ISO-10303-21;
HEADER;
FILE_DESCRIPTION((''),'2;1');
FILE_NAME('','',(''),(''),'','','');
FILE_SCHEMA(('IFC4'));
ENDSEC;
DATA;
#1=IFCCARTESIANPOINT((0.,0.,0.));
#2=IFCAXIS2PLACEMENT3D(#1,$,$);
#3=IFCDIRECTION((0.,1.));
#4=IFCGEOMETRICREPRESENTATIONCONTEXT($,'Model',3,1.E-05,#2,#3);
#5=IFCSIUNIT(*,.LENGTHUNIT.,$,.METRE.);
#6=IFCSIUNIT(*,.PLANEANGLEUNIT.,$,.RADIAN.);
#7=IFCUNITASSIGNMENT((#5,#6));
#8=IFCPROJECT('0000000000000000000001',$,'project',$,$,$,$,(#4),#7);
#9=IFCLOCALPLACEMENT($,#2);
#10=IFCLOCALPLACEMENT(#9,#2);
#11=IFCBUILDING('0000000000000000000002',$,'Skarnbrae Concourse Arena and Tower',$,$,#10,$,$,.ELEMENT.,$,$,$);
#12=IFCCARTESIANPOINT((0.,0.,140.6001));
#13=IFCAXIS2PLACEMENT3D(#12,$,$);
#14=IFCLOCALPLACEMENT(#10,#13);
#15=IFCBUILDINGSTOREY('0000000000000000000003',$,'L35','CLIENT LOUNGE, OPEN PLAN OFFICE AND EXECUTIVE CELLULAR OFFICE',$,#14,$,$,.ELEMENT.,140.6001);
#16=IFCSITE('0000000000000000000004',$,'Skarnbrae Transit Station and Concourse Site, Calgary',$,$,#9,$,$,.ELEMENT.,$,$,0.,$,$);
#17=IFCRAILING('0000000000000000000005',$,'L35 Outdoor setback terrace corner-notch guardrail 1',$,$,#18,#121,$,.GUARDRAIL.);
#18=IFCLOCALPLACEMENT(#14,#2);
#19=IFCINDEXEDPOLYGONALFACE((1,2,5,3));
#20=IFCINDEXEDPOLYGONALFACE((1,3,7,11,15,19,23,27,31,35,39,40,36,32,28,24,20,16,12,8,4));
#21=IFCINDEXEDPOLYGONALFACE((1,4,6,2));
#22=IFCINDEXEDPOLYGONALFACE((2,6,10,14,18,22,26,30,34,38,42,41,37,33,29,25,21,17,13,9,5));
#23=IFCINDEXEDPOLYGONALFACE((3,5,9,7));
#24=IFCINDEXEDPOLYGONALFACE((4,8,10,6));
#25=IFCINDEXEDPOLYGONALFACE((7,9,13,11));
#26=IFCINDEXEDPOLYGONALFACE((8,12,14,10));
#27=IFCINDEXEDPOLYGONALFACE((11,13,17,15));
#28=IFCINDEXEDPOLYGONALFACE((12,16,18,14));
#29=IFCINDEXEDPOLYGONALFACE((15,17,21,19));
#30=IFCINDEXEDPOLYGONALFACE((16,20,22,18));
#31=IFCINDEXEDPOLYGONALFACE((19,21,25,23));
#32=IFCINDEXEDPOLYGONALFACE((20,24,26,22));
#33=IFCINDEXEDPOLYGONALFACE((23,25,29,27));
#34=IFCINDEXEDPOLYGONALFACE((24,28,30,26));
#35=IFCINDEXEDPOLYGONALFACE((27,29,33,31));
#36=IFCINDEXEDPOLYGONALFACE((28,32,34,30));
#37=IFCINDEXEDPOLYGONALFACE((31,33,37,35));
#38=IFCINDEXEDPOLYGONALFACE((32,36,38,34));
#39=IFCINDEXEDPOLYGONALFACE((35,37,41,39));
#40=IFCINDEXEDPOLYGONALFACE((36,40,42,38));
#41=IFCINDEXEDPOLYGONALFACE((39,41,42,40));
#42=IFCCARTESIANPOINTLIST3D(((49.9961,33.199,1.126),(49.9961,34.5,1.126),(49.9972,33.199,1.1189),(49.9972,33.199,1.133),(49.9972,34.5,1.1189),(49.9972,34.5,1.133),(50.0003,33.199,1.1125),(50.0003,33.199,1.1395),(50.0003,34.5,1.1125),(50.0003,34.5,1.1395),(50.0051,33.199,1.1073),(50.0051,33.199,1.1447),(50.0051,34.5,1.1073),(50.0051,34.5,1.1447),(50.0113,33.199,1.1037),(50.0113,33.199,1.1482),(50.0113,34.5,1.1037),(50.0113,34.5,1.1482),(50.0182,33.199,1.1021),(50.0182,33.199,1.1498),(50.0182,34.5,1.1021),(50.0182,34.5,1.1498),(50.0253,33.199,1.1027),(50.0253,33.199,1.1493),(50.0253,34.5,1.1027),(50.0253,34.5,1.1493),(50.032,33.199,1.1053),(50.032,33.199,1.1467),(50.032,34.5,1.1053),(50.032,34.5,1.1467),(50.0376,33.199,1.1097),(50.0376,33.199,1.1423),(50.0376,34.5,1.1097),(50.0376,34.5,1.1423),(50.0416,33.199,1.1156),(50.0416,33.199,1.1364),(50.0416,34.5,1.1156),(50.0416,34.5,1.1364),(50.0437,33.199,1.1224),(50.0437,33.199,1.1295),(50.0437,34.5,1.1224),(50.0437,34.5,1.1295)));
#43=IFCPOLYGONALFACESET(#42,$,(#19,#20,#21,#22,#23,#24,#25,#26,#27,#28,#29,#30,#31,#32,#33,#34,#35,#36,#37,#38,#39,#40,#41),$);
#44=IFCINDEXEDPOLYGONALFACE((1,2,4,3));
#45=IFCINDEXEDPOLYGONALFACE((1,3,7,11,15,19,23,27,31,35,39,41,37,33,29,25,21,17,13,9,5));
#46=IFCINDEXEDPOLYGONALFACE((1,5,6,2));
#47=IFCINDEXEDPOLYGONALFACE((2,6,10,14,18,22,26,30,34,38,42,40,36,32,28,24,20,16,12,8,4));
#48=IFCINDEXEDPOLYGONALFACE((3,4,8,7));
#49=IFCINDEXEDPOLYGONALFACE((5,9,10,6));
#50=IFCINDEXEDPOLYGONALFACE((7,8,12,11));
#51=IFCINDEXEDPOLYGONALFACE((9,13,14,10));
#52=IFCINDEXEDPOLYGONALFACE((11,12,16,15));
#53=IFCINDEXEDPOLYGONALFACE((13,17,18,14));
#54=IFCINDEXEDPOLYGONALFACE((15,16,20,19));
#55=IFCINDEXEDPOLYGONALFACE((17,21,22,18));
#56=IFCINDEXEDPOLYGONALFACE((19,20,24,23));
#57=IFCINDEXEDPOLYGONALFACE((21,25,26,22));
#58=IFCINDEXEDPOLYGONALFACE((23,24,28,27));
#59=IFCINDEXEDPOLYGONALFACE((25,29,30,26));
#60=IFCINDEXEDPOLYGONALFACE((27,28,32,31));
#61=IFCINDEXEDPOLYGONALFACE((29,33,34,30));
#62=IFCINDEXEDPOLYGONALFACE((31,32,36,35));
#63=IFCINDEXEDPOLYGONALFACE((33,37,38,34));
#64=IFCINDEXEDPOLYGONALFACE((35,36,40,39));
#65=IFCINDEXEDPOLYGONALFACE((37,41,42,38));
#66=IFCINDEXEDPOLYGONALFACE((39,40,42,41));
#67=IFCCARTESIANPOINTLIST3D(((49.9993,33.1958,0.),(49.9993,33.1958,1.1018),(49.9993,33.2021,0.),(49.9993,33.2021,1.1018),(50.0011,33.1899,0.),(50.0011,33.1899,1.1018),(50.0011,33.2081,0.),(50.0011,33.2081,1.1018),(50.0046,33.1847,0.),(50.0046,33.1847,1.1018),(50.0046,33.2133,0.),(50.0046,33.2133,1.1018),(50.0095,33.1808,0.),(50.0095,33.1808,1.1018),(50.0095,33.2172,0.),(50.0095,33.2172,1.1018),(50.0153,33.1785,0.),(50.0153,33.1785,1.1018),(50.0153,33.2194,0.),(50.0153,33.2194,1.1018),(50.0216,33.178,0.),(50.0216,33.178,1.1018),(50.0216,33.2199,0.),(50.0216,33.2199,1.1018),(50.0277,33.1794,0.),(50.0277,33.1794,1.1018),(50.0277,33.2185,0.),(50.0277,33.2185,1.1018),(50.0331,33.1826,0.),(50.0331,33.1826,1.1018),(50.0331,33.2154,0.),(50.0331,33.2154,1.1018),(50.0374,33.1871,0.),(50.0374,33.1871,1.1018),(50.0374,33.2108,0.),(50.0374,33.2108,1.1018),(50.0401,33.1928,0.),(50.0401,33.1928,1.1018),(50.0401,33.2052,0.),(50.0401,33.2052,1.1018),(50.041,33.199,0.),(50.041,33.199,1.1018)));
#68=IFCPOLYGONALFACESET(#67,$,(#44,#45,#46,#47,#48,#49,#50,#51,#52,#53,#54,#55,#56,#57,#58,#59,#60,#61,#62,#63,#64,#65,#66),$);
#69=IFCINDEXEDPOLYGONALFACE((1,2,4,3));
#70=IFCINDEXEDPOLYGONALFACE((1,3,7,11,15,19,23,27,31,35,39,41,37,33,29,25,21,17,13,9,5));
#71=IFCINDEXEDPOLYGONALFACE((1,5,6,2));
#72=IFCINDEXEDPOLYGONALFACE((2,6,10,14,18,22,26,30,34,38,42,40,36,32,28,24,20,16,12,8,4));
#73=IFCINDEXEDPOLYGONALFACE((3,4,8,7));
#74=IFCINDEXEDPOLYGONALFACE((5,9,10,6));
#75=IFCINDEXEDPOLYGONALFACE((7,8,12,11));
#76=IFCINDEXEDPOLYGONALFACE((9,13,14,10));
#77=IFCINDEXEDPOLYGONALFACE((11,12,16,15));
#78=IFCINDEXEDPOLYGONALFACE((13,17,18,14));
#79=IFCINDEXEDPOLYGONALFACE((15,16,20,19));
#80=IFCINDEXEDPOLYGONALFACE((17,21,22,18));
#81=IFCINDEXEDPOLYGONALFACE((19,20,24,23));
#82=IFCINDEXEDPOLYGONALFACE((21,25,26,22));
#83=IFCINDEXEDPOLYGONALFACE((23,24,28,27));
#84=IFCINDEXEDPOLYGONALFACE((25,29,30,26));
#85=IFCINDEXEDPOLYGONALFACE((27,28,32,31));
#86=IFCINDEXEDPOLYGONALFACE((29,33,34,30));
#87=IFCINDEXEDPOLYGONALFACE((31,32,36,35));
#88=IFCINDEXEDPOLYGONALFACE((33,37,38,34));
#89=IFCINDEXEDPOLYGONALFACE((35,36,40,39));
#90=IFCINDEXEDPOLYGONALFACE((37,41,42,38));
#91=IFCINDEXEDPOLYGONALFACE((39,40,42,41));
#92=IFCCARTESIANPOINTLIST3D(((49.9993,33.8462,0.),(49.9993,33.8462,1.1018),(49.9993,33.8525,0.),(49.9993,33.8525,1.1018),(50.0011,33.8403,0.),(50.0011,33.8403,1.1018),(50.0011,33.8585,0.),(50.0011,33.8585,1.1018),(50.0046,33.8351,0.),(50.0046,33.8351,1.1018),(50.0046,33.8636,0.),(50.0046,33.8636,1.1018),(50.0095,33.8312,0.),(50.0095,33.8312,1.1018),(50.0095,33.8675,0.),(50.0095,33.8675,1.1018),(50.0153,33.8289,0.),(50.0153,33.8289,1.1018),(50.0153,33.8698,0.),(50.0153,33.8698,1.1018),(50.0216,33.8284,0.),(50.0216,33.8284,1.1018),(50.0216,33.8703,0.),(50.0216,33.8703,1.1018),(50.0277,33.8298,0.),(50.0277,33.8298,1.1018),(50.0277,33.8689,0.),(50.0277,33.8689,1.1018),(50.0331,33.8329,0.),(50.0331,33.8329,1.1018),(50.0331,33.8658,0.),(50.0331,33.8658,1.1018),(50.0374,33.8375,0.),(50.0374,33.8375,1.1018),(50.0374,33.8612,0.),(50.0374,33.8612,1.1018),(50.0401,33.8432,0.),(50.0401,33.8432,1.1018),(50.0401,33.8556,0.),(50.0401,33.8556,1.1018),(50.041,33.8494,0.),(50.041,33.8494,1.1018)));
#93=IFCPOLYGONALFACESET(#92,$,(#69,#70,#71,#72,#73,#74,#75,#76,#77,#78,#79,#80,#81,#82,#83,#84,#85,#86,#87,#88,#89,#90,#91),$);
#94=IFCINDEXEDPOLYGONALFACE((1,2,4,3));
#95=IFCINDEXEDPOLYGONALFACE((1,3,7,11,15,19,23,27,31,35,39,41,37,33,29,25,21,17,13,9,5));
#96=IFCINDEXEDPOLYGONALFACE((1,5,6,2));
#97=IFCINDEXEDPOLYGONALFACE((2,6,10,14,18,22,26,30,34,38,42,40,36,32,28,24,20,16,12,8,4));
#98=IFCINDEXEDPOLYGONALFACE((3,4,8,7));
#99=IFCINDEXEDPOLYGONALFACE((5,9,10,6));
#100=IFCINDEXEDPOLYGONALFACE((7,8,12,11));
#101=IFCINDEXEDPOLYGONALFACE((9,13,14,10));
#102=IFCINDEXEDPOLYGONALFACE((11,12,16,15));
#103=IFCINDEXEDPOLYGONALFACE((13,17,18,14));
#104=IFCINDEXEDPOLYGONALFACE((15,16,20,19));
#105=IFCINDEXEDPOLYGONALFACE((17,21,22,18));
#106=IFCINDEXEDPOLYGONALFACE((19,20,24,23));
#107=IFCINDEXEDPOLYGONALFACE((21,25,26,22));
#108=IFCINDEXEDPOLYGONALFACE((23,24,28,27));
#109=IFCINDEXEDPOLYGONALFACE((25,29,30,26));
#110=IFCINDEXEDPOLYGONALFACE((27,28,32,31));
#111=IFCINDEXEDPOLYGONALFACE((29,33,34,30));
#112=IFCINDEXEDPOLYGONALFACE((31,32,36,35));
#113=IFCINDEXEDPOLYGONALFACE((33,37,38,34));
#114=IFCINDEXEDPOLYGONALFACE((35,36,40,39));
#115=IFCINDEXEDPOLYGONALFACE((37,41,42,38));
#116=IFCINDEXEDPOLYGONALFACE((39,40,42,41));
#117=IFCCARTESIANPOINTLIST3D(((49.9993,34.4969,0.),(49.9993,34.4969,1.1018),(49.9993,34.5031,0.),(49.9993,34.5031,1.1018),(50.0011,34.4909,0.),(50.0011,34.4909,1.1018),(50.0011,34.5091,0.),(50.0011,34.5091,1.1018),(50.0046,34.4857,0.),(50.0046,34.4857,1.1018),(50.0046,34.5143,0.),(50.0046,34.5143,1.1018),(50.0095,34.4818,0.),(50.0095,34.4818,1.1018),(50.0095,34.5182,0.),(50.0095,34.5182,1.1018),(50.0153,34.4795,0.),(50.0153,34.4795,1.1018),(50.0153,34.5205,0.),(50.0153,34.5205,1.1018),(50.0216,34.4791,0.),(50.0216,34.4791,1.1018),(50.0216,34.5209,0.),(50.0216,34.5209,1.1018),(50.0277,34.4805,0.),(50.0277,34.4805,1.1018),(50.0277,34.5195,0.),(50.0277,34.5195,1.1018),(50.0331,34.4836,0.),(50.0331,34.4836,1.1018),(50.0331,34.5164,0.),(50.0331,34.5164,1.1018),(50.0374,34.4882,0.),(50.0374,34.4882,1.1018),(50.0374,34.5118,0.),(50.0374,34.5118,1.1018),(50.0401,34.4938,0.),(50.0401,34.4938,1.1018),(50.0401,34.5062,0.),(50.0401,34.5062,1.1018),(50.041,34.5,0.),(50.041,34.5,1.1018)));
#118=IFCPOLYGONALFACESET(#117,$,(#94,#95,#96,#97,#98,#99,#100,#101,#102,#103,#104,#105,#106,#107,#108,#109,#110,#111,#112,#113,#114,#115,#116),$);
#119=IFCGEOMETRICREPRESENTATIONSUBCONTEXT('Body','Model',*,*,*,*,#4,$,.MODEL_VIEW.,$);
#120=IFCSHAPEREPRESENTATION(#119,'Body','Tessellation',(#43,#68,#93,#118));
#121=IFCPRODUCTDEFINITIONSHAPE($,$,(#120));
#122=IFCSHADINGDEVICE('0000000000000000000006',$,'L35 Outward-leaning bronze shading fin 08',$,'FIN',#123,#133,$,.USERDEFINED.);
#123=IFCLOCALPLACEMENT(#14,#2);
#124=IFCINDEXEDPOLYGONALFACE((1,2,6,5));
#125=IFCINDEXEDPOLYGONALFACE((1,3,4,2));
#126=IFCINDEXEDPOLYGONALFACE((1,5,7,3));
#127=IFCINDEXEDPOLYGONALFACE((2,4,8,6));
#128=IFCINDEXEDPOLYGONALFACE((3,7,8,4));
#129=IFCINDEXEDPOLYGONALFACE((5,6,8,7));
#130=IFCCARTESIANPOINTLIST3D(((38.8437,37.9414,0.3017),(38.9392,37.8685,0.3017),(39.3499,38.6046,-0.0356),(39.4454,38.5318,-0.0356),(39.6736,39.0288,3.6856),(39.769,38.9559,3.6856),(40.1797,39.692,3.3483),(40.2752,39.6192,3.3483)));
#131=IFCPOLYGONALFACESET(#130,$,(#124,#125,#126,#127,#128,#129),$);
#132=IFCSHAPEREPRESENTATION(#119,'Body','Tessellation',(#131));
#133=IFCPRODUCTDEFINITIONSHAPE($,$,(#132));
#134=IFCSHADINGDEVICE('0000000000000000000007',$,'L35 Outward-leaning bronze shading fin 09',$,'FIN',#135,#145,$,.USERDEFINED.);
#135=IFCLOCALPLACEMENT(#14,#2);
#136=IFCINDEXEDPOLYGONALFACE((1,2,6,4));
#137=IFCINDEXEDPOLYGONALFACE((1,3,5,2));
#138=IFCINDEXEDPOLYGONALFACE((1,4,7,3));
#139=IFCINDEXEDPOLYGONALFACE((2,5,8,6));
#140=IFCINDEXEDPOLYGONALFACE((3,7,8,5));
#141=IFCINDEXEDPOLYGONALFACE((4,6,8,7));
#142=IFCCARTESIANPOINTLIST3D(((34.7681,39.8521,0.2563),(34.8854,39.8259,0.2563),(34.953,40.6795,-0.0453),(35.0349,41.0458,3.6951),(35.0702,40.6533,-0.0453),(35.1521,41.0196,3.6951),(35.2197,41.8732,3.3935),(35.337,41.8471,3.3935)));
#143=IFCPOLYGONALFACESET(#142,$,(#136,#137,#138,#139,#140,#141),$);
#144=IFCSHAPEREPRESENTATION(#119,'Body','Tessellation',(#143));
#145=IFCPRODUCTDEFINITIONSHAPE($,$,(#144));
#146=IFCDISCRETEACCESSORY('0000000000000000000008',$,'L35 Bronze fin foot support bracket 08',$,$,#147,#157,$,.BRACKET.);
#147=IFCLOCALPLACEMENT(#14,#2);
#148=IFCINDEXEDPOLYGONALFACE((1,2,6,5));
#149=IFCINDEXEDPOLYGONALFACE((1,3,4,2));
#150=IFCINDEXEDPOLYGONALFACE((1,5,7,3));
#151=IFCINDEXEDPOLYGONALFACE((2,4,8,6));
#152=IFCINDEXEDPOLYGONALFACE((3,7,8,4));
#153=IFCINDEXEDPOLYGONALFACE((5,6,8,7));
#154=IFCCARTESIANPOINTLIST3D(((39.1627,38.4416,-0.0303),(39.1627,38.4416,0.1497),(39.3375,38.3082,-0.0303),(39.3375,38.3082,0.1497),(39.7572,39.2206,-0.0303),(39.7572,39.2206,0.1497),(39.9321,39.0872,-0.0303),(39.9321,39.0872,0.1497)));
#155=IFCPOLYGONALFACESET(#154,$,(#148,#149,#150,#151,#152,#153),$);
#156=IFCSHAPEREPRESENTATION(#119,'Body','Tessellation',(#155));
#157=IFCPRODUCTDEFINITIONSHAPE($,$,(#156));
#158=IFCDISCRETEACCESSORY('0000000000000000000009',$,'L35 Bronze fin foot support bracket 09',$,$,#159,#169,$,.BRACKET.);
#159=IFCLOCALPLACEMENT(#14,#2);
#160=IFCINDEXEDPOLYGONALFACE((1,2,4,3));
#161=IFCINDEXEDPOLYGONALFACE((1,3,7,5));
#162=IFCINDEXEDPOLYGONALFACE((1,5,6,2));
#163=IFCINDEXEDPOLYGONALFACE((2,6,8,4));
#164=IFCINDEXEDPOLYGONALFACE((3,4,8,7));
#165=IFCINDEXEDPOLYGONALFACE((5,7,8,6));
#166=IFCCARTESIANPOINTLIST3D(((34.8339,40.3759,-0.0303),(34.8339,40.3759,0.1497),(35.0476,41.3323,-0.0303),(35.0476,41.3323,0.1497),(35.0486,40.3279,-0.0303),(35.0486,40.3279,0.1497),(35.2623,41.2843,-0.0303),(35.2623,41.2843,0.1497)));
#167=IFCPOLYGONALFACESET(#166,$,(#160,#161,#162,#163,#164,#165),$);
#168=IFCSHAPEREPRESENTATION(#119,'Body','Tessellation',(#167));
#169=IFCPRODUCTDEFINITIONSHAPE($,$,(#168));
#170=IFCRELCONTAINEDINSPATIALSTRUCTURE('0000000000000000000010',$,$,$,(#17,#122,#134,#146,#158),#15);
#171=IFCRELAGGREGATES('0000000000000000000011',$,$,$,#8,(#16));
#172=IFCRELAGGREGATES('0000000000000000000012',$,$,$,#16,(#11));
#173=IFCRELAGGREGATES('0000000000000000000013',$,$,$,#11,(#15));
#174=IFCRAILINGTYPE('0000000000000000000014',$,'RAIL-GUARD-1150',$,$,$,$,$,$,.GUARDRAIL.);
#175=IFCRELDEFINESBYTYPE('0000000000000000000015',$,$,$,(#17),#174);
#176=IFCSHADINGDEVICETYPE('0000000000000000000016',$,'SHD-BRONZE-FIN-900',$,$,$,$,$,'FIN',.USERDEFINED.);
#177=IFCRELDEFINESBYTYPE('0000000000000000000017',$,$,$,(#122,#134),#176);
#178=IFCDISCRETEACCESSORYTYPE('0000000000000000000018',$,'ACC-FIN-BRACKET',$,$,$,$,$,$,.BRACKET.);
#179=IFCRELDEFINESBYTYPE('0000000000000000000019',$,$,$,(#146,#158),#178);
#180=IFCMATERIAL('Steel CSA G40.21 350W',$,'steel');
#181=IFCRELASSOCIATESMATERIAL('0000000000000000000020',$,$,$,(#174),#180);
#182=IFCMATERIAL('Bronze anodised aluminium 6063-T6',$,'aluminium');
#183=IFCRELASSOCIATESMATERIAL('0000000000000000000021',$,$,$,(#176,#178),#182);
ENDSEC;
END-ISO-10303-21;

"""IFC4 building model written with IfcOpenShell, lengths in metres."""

from ifc_helpers import new_model, si_unit, direction, frame, origin, origin_2d, place, context, subcontext, project, spatial, rectangle, circle, extrude, source, transform, mapped, material, type_object, element, save


model = new_model("IFC4")

# Units and contexts
model_context = context("Model", 3, precision=1e-05, world=origin(), true_north=direction((0.0, 1.0)))
body_context = subcontext(model_context, "Body", "Model", "MODEL_VIEW")
ifc_project = project(units=[si_unit("LENGTHUNIT", "METRE"), si_unit("PLANEANGLEUNIT", "RADIAN")], contexts=[model_context])

# Site, building, storey
site_placement = place(None, origin())
site = spatial("IfcSite", under=ifc_project, at=site_placement, Name="Skarnbrae Transit Station and Concourse Site, Calgary", CompositionType="ELEMENT", RefElevation=0.0)
building_placement = place(site_placement, origin())
building = spatial("IfcBuilding", under=site, at=building_placement, Name="Skarnbrae Concourse Arena and Tower", CompositionType="ELEMENT")
storey_placement = place(building_placement, frame((0.0, 0.0, 140.6001)))
storey = spatial("IfcBuildingStorey", under=building, at=storey_placement, Name="L35", Description="CLIENT LOUNGE, OPEN PLAN OFFICE AND EXECUTIVE CELLULAR OFFICE", CompositionType="ELEMENT", Elevation=140.6001)

# Shared definitions
ifc_material_1 = material(Name="Steel CSA G40.21 350W", Category="steel")

# Shared definitions
ifc_material_2 = material(Name="Bronze anodised aluminium 6063-T6", Category="aluminium")

# Railing
railing_type = type_object("IfcRailingType", Name="RAIL-GUARD-1150", PredefinedType="GUARDRAIL", material=ifc_material_1)
railing_placement = place(storey_placement, frame((50.02, 33.199, 0.0)))
element("IfcRailing", 1, at=railing_placement, inside=storey, type_object=railing_type, Name="L35 Outdoor setback terrace corner-notch guardrail 1", PredefinedType="GUARDRAIL", context=body_context, shape_type="SweptSolid", body=[
    extrude(circle(Radius=0.0239, at=origin_2d()), frame((0.0, 0.0, 1.126), z_axis=(0.0, 1.0, 0.0), x_axis=(-1.0, 0.0, 0.0)), (0.0, 0.0, 1.0), 1.301),
    extrude(circle(Radius=0.021, at=origin_2d()), origin(), (0.0, 0.0, 1.0), 1.1018),
    extrude(circle(Radius=0.021, at=origin_2d()), frame((0.0, 0.6504, 0.0)), (0.0, 0.0, 1.0), 1.1018),
    extrude(circle(Radius=0.021, at=origin_2d()), frame((0.0, 1.301, 0.0)), (0.0, 0.0, 1.0), 1.1018),
])

# Shading devices
shading_device_type = type_object("IfcShadingDeviceType", Name="SHD-BRONZE-FIN-900", ElementType="FIN", PredefinedType="USERDEFINED", material=ifc_material_2)
shared_shape_1 = source(origin(), body_context, "Body", "SweptSolid", [
    extrude(rectangle(XDim=0.1201, YDim=0.8999, at=origin_2d()), origin(), (0.0, 0.0, 1.0), 3.6499),
])
for number, where, z_axis, x_axis, name in (
    (2, (39.1445, 38.2366, 0.1331), (0.22736, 0.297924, 0.927118), (0.794955, -0.606668, 0.0), "L35 Outward-leaning bronze shading fin 08"),
    (3, (34.9192, 40.2527, 0.1055), (0.073076, 0.327058, 0.942174), (0.975936, -0.218058, 0.0), "L35 Outward-leaning bronze shading fin 09"),
):
    element("IfcShadingDevice", number, at=place(storey_placement, frame(where, z_axis=z_axis, x_axis=x_axis)), inside=storey, type_object=shading_device_type, Name=name, ObjectType="FIN", PredefinedType="USERDEFINED", context=body_context, shape_type="MappedRepresentation", body=[
        mapped(shared_shape_1, transform((0.0, 0.0, 0.0))),
    ])

# Discrete accessories
discrete_accessory_type = type_object("IfcDiscreteAccessoryType", Name="ACC-FIN-BRACKET", PredefinedType="BRACKET", material=ifc_material_2)
shared_shape_2 = source(origin(), body_context, "Body", "SweptSolid", [
    extrude(rectangle(XDim=0.22, YDim=0.98, at=origin_2d()), origin(), (0.0, 0.0, 1.0), 0.1799),
])
for number, where, z_axis, x_axis, name in (
    (4, (39.5474, 38.7644, -0.0303), (0.0, 0.0, 1.0), (0.794955, -0.606668, 0.0), "L35 Bronze fin foot support bracket 08"),
    (5, (35.0481, 40.8301, -0.0303), (0.0, 0.0, 1.0), (0.975936, -0.218058, 0.0), "L35 Bronze fin foot support bracket 09"),
):
    element("IfcDiscreteAccessory", number, at=place(storey_placement, frame(where, z_axis=z_axis, x_axis=x_axis)), inside=storey, type_object=discrete_accessory_type, Name=name, PredefinedType="BRACKET", context=body_context, shape_type="MappedRepresentation", body=[
        mapped(shared_shape_2, transform((0.0, 0.0, 0.0))),
    ])

save(model, "model.ifc")
